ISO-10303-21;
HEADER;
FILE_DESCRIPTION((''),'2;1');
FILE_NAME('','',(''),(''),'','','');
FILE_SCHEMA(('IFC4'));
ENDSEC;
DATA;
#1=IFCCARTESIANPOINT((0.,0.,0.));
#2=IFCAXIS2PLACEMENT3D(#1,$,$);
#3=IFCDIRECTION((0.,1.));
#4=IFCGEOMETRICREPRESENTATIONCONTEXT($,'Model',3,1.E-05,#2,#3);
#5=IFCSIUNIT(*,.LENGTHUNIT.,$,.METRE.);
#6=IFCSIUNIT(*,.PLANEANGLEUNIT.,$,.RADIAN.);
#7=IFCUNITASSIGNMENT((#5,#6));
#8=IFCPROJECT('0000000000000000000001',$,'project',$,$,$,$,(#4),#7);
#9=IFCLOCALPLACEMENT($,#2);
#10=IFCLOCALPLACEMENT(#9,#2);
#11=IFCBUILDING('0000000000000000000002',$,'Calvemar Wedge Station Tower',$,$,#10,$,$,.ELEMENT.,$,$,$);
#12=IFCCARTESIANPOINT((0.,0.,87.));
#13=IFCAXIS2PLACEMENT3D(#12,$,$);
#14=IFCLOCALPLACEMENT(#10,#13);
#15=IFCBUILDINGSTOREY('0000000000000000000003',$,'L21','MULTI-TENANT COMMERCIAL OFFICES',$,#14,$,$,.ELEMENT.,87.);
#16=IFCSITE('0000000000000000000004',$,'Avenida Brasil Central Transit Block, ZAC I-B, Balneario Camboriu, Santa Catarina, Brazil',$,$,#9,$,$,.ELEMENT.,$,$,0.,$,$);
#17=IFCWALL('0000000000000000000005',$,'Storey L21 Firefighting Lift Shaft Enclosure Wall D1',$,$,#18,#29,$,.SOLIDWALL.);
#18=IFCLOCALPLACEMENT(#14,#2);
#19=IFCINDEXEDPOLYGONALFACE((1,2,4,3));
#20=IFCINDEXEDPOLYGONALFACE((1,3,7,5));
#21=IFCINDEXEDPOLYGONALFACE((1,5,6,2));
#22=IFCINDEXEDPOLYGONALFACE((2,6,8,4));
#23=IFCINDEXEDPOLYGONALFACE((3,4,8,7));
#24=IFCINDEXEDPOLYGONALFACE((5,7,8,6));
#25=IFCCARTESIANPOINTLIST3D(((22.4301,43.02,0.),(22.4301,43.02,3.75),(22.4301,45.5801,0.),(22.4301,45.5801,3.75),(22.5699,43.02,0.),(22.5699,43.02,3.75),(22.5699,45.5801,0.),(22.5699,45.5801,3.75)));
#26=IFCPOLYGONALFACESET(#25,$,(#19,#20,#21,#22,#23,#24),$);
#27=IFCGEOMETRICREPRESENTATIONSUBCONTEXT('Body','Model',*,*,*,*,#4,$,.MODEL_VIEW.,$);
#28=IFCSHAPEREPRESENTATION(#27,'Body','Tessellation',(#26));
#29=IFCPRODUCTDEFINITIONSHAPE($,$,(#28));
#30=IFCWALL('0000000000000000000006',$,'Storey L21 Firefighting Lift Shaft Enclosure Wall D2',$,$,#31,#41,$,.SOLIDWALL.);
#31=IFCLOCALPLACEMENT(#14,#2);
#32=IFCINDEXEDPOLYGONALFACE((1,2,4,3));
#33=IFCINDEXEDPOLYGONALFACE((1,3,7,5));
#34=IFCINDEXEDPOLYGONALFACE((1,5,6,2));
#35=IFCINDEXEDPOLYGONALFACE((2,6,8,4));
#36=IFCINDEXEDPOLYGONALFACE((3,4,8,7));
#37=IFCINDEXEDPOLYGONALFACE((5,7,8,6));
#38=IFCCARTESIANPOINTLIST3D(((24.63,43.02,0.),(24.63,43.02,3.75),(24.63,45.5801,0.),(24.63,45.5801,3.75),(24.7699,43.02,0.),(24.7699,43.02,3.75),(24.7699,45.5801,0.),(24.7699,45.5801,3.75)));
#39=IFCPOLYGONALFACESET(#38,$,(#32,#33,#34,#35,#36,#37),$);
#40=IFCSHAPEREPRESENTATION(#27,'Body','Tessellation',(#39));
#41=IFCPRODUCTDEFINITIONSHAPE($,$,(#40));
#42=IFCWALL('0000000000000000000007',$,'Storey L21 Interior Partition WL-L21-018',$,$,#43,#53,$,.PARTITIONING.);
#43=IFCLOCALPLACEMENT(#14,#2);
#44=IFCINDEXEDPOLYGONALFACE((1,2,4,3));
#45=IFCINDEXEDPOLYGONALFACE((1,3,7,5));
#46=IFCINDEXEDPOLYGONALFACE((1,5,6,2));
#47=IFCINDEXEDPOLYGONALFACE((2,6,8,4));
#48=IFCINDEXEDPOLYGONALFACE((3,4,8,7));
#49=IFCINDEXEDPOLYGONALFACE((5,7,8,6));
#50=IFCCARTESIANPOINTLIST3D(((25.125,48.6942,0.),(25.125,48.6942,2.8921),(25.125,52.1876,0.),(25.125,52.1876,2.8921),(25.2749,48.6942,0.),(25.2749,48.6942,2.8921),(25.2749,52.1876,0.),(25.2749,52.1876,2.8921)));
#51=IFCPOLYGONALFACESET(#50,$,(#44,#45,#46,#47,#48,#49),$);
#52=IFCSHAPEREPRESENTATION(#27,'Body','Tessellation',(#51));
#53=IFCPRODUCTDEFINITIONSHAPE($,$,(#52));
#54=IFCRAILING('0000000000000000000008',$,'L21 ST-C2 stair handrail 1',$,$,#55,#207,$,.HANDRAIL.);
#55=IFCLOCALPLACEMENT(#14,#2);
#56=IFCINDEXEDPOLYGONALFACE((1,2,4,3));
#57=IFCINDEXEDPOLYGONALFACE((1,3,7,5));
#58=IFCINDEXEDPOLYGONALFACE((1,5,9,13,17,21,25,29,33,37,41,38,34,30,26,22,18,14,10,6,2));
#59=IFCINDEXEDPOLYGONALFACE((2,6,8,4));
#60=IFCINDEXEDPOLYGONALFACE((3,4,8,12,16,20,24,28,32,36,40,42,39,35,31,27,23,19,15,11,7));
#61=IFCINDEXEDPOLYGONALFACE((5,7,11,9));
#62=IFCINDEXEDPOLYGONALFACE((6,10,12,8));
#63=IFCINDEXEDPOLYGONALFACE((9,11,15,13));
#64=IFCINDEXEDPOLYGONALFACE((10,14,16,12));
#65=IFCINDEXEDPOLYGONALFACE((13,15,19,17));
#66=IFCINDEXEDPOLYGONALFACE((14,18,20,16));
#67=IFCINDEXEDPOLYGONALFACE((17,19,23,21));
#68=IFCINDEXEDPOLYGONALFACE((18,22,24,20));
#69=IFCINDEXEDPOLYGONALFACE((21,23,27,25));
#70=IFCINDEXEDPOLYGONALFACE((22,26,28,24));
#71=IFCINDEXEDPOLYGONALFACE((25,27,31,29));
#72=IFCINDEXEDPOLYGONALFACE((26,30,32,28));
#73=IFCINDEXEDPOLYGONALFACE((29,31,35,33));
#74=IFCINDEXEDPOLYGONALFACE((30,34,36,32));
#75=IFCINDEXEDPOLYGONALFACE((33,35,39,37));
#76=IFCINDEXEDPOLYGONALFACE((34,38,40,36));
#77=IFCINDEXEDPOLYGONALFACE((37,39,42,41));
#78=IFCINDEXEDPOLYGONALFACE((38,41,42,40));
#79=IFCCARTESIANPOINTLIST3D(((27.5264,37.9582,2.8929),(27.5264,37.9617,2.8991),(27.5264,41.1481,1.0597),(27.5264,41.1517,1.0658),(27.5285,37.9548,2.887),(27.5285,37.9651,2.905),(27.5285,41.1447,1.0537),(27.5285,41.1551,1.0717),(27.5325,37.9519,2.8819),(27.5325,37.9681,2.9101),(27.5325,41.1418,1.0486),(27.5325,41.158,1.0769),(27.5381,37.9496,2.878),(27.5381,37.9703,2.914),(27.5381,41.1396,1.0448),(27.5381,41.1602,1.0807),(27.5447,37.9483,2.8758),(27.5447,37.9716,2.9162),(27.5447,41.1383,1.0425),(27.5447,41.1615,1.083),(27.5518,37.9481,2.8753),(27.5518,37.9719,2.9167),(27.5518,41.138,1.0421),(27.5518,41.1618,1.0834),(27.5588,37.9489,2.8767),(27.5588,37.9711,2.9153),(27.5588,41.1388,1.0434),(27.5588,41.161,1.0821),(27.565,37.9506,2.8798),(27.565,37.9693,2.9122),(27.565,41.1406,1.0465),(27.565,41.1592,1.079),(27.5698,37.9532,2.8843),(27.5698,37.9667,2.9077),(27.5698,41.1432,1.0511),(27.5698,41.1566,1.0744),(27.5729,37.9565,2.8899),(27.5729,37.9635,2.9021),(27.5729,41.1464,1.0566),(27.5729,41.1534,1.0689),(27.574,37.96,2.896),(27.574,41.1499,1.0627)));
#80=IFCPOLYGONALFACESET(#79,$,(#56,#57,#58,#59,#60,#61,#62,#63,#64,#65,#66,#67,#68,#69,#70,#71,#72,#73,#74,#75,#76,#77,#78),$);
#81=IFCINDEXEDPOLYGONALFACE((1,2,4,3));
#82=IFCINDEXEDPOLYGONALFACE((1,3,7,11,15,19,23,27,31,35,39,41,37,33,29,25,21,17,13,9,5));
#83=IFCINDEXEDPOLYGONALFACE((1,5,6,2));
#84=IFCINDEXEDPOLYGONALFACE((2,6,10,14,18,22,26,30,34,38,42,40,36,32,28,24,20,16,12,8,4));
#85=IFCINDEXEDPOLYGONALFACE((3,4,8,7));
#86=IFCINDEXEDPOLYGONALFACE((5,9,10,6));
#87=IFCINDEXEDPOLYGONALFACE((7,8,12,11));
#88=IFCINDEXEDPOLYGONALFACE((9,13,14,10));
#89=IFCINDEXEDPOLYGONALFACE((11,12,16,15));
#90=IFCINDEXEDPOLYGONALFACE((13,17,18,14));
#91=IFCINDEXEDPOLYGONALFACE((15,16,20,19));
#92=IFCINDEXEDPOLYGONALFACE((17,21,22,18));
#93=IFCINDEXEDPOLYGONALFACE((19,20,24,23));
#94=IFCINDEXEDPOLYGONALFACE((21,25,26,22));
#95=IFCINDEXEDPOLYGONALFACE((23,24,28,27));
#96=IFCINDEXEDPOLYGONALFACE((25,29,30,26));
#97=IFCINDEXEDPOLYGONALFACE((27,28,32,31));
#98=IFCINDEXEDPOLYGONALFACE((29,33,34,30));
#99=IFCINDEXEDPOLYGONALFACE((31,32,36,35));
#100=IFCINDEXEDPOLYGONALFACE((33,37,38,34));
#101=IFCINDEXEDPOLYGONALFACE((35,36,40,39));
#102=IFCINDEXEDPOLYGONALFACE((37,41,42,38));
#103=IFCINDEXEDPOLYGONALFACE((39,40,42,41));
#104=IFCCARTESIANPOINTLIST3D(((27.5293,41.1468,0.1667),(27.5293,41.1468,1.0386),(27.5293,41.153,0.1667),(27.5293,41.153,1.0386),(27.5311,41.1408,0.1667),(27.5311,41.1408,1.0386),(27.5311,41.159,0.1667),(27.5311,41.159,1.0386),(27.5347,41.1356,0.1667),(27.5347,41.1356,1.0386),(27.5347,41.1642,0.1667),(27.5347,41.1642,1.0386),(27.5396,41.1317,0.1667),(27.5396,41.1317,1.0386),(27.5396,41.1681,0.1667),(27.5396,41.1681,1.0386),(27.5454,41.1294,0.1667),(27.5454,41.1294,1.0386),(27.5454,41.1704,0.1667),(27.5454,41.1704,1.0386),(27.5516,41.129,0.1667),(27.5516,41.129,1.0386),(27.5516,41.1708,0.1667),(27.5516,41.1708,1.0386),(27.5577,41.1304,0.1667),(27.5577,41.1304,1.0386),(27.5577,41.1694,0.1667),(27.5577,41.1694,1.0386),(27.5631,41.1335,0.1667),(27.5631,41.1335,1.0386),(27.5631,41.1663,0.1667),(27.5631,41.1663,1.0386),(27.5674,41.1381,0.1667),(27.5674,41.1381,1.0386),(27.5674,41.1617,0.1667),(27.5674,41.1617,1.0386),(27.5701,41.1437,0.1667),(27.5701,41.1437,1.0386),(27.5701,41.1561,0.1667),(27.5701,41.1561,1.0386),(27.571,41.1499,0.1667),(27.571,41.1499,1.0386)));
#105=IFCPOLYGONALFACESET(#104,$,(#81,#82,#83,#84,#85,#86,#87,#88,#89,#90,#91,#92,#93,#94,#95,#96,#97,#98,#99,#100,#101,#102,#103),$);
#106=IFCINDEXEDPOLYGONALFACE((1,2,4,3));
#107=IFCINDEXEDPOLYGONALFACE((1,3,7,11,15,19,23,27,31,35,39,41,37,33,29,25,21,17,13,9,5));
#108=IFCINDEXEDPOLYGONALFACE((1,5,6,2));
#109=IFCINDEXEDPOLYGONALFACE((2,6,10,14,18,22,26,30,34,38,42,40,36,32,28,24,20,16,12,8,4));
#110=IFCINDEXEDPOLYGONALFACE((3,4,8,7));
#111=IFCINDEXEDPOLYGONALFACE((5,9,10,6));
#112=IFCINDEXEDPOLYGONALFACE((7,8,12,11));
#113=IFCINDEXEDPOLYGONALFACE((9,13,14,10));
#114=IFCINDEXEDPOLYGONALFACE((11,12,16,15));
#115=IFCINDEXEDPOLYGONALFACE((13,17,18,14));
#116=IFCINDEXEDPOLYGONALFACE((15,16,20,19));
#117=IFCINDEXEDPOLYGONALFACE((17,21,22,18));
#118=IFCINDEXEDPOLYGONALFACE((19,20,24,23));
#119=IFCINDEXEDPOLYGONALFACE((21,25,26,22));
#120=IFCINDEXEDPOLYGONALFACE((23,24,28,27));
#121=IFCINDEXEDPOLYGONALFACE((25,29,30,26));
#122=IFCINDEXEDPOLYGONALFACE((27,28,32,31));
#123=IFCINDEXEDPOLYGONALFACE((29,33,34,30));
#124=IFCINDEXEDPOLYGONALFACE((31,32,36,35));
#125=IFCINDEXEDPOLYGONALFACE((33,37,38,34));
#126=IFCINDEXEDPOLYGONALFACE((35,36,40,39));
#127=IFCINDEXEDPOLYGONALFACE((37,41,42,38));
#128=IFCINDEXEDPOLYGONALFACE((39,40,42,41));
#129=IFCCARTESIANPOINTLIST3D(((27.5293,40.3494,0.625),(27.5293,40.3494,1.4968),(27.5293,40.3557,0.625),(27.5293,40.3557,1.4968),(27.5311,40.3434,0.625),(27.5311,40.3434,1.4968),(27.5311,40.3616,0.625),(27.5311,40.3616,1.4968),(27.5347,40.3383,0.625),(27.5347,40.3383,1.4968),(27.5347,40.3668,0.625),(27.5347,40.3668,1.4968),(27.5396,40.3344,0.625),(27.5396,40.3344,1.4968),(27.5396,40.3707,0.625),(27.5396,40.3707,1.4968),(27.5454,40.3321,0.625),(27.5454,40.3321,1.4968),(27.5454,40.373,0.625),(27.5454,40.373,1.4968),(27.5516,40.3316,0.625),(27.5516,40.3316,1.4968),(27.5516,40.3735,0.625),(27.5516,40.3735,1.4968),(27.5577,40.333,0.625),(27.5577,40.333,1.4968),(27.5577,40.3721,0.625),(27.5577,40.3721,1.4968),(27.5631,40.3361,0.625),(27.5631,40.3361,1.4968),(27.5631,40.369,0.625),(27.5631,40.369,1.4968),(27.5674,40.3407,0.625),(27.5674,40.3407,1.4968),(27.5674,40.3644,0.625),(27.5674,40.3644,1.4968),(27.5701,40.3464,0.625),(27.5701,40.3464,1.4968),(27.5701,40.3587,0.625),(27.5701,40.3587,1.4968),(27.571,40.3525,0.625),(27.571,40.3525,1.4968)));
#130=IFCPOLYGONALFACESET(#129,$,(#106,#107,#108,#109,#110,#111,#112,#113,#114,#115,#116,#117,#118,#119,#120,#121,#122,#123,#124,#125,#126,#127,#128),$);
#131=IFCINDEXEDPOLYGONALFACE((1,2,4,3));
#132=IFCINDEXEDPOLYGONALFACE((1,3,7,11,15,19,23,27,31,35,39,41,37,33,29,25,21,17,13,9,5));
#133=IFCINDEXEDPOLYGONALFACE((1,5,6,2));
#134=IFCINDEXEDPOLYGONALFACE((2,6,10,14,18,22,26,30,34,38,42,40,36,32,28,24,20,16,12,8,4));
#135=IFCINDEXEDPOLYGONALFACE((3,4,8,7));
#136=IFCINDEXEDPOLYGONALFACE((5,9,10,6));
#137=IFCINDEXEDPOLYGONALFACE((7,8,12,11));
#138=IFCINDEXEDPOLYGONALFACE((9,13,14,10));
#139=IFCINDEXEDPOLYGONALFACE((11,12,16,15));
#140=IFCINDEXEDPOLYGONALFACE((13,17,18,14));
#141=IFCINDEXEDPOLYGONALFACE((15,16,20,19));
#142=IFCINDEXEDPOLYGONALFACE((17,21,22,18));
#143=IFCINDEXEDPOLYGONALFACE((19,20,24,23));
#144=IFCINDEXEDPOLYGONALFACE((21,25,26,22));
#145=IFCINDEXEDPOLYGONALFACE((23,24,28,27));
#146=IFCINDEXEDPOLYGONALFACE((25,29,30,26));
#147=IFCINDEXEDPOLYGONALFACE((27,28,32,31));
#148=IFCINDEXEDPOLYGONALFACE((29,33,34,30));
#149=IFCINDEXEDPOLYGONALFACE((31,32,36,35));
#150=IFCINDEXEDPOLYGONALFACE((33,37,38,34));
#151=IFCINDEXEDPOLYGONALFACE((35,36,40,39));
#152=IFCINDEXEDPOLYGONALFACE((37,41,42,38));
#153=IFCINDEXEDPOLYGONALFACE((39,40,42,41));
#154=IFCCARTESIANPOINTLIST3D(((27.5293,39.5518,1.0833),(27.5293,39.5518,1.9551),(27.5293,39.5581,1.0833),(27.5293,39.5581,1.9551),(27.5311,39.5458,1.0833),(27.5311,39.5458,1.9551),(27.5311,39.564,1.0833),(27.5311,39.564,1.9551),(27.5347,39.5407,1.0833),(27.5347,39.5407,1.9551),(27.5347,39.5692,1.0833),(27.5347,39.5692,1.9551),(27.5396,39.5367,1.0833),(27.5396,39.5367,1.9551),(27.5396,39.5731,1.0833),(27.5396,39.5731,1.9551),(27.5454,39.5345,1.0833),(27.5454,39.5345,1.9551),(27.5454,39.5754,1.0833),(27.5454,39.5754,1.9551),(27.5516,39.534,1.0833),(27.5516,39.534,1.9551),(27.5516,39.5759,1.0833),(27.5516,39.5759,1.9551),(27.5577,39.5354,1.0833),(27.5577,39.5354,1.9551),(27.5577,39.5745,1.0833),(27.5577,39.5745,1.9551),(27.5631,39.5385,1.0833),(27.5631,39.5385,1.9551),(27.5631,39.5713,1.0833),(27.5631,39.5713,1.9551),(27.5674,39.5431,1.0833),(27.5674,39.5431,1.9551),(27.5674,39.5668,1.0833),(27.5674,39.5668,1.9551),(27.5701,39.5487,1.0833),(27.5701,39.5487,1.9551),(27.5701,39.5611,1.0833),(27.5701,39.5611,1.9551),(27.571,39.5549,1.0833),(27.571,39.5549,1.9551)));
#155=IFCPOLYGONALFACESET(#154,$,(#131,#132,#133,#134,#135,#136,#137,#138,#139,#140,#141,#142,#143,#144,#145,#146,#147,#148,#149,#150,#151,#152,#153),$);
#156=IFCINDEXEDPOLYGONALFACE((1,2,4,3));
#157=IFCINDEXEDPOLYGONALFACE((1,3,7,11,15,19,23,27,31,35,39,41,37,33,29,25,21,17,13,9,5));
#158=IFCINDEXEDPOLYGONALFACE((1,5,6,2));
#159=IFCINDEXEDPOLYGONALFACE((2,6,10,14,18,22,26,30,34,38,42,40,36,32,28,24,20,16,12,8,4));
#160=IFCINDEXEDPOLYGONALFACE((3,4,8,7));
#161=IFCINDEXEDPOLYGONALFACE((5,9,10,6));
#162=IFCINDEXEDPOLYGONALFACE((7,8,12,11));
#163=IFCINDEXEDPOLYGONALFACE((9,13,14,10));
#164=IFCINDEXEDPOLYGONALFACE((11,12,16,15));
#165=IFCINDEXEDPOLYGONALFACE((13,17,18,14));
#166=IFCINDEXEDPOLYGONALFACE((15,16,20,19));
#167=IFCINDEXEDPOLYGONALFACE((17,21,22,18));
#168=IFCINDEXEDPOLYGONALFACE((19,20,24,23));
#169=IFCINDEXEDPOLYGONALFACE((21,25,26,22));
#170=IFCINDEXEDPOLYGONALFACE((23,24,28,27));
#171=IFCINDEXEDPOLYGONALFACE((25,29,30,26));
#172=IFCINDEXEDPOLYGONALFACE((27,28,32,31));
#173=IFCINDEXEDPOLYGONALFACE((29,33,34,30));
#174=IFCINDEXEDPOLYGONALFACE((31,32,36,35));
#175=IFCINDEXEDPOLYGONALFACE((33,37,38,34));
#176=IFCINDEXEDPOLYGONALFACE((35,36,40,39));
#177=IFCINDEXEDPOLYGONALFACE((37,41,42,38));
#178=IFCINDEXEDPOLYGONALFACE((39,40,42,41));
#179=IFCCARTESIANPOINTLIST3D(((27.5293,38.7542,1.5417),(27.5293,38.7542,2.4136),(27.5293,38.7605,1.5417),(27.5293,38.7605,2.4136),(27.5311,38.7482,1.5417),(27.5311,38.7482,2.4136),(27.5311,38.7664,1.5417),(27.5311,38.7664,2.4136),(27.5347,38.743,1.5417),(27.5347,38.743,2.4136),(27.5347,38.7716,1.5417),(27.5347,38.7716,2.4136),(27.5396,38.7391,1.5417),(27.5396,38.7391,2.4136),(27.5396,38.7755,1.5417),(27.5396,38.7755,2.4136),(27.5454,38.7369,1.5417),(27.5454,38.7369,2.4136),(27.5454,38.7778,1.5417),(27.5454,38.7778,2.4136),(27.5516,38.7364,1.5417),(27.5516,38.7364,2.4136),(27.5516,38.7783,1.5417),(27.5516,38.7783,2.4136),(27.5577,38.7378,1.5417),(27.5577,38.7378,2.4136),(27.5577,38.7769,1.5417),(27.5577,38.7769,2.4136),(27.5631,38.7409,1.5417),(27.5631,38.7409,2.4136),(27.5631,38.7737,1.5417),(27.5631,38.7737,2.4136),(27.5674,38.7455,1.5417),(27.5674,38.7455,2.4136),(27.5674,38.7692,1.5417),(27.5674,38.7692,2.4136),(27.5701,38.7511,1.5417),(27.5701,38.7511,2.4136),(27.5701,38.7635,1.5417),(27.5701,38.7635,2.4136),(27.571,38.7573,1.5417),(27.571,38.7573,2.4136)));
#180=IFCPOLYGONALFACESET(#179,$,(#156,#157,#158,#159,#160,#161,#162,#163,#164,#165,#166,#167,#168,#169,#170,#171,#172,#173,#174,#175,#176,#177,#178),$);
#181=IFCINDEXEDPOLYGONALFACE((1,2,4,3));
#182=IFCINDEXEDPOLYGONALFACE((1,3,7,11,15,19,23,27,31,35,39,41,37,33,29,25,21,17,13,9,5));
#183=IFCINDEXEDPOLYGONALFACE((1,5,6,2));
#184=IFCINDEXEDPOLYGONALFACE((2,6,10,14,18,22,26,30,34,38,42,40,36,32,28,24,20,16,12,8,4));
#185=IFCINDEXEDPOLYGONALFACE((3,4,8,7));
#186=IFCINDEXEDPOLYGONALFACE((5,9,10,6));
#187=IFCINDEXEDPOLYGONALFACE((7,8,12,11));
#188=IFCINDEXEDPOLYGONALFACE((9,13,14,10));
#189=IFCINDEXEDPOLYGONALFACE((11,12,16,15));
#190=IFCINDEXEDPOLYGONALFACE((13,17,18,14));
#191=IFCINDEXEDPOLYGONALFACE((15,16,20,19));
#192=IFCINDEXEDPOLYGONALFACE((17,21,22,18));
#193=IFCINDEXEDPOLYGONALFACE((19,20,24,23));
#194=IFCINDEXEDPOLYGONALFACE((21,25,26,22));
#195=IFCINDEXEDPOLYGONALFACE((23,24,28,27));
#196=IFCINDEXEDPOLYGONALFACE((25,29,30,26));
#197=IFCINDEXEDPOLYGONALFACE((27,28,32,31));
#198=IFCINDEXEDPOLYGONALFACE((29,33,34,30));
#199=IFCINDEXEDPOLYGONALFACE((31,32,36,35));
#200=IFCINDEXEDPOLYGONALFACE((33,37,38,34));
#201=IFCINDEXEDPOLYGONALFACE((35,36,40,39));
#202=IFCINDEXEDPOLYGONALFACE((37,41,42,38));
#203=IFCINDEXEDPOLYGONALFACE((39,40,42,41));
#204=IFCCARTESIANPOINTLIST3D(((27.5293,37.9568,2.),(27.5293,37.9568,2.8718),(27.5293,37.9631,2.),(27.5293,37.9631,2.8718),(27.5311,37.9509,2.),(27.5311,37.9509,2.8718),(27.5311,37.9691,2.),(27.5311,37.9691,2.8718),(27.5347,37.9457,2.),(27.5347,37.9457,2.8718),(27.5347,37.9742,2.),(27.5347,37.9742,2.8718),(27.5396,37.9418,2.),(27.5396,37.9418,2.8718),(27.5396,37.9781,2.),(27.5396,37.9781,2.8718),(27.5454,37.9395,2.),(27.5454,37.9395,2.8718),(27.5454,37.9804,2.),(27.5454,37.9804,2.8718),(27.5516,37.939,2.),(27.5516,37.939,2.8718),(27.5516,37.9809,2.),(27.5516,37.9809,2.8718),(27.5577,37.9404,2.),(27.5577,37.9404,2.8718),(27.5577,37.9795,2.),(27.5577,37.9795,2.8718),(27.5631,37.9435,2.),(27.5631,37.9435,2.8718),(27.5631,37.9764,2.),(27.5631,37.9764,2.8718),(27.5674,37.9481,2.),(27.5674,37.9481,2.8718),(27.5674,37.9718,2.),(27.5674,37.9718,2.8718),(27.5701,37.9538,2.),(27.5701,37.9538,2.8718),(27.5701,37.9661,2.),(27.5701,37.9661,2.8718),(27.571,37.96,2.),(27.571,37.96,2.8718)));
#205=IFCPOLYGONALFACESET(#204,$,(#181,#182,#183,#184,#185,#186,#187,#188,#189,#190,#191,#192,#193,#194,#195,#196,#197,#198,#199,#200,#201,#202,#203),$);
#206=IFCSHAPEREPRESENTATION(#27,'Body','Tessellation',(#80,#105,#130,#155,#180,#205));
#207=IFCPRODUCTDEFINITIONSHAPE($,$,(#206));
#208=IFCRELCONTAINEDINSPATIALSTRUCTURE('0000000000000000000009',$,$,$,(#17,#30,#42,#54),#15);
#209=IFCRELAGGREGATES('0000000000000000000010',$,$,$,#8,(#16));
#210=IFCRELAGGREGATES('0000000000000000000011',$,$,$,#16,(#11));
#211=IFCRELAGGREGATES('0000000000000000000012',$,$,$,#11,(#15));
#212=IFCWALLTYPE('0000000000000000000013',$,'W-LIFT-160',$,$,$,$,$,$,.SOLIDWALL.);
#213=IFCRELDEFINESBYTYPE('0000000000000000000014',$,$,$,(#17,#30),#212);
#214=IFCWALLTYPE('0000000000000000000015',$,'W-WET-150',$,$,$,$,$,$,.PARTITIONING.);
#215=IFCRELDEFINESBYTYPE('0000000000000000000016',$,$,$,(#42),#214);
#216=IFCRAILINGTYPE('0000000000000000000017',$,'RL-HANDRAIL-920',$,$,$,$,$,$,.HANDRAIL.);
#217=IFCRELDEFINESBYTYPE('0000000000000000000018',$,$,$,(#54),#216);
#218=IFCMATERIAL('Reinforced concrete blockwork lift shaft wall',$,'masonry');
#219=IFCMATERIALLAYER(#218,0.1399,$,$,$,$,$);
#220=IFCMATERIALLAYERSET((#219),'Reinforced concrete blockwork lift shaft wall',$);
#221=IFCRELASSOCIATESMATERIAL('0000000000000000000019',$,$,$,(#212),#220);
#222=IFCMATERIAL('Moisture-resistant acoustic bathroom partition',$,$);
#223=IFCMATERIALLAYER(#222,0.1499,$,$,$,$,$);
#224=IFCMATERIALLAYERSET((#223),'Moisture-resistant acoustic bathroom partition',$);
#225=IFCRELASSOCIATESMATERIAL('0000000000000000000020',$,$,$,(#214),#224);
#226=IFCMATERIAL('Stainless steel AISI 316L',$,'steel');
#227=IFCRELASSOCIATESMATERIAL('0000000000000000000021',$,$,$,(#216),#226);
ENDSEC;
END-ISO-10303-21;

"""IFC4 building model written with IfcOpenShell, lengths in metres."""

from ifc_helpers import new_model, si_unit, direction, frame, frame_2d, origin, origin_2d, place, context, subcontext, project, spatial, rectangle, circle, extrude, material, layer, layer_set, type_object, element, save


model = new_model("IFC4")

# Units and contexts
model_context = context("Model", 3, precision=1e-05, world=origin(), true_north=direction((0.0, 1.0)))
body_context = subcontext(model_context, "Body", "Model", "MODEL_VIEW")
ifc_project = project(units=[si_unit("LENGTHUNIT", "METRE"), si_unit("PLANEANGLEUNIT", "RADIAN")], contexts=[model_context])

# Site, building, storey
site_placement = place(None, origin())
site = spatial("IfcSite", under=ifc_project, at=site_placement, Name="Avenida Brasil Central Transit Block, ZAC I-B, Balneario Camboriu, Santa Catarina, Brazil", CompositionType="ELEMENT", RefElevation=0.0)
building_placement = place(site_placement, origin())
building = spatial("IfcBuilding", under=site, at=building_placement, Name="Calvemar Wedge Station Tower", CompositionType="ELEMENT")
storey_placement = place(building_placement, frame((0.0, 0.0, 87.0)))
storey = spatial("IfcBuildingStorey", under=building, at=storey_placement, Name="L21", Description="MULTI-TENANT COMMERCIAL OFFICES", CompositionType="ELEMENT", Elevation=87.0)

# Walls
ifc_material_1 = material(Name="Reinforced concrete blockwork lift shaft wall", Category="masonry")
ifc_layer_1 = layer(ifc_material_1, 0.1399)
ifc_layer_set_1 = layer_set([ifc_layer_1], Name="Reinforced concrete blockwork lift shaft wall")
wall_type_1 = type_object("IfcWallType", Name="W-LIFT-160", PredefinedType="SOLIDWALL", material=ifc_layer_set_1)
for number, where, z_axis, x_axis, name in (
    (1, (22.5, 43.02, 0.0), (0.0, 0.0, 1.0), (0.0, 1.0, 0.0), "Storey L21 Firefighting Lift Shaft Enclosure Wall D1"),
    (2, (24.7, 43.02, 0.0), (0.0, 0.0, 1.0), (0.0, 1.0, 0.0), "Storey L21 Firefighting Lift Shaft Enclosure Wall D2"),
):
    element("IfcWall", number, at=place(storey_placement, frame(where, z_axis=z_axis, x_axis=x_axis)), inside=storey, type_object=wall_type_1, Name=name, PredefinedType="SOLIDWALL", context=body_context, shape_type="SweptSolid", body=[
        extrude(rectangle(XDim=2.5601, YDim=0.1399, at=frame_2d((1.28, 0.0))), origin(), (0.0, 0.0, 1.0), 3.75),
    ])
ifc_material_2 = material(Name="Moisture-resistant acoustic bathroom partition")
ifc_layer_2 = layer(ifc_material_2, 0.1499)
ifc_layer_set_2 = layer_set([ifc_layer_2], Name="Moisture-resistant acoustic bathroom partition")
wall_type_2 = type_object("IfcWallType", Name="W-WET-150", PredefinedType="PARTITIONING", material=ifc_layer_set_2)
wall_1_placement = place(storey_placement, frame((25.2, 52.1875, 0.0), z_axis=(0.0, 0.0, 1.0), x_axis=(0.0, -1.0, 0.0)))
element("IfcWall", 3, at=wall_1_placement, inside=storey, type_object=wall_type_2, Name="Storey L21 Interior Partition WL-L21-018", PredefinedType="PARTITIONING", context=body_context, shape_type="SweptSolid", body=[
    extrude(rectangle(XDim=3.4934, YDim=0.1499, at=frame_2d((1.7466, 0.0))), origin(), (0.0, 0.0, 1.0), 2.8921),
])

# Railing
ifc_material_3 = material(Name="Stainless steel AISI 316L", Category="steel")
railing_type = type_object("IfcRailingType", Name="RL-HANDRAIL-920", PredefinedType="HANDRAIL", material=ifc_material_3)
railing_placement = place(storey_placement, frame((27.55, 41.1499, 0.1667)))
element("IfcRailing", 4, at=railing_placement, inside=storey, type_object=railing_type, Name="L21 ST-C2 stair handrail 1", PredefinedType="HANDRAIL", context=body_context, shape_type="SweptSolid", body=[
    extrude(circle(Radius=0.0239, at=origin_2d()), frame((0.0, 0.0, 0.896), z_axis=(0.0, -0.86702, 0.498274), x_axis=(1.0, 0.0, 0.0)), (0.0, 0.0, 1.0), 3.6792),
    extrude(circle(Radius=0.021, at=origin_2d()), origin(), (0.0, 0.0, 1.0), 0.8718),
    extrude(circle(Radius=0.021, at=origin_2d()), frame((0.0, -0.7974, 0.4583)), (0.0, 0.0, 1.0), 0.8718),
    extrude(circle(Radius=0.021, at=origin_2d()), frame((0.0, -1.595, 0.9165)), (0.0, 0.0, 1.0), 0.8718),
    extrude(circle(Radius=0.021, at=origin_2d()), frame((0.0, -2.3926, 1.375)), (0.0, 0.0, 1.0), 0.8718),
    extrude(circle(Radius=0.021, at=origin_2d()), frame((0.0, -3.1899, 1.8333)), (0.0, 0.0, 1.0), 0.8718),
])

save(model, "model.ifc")
